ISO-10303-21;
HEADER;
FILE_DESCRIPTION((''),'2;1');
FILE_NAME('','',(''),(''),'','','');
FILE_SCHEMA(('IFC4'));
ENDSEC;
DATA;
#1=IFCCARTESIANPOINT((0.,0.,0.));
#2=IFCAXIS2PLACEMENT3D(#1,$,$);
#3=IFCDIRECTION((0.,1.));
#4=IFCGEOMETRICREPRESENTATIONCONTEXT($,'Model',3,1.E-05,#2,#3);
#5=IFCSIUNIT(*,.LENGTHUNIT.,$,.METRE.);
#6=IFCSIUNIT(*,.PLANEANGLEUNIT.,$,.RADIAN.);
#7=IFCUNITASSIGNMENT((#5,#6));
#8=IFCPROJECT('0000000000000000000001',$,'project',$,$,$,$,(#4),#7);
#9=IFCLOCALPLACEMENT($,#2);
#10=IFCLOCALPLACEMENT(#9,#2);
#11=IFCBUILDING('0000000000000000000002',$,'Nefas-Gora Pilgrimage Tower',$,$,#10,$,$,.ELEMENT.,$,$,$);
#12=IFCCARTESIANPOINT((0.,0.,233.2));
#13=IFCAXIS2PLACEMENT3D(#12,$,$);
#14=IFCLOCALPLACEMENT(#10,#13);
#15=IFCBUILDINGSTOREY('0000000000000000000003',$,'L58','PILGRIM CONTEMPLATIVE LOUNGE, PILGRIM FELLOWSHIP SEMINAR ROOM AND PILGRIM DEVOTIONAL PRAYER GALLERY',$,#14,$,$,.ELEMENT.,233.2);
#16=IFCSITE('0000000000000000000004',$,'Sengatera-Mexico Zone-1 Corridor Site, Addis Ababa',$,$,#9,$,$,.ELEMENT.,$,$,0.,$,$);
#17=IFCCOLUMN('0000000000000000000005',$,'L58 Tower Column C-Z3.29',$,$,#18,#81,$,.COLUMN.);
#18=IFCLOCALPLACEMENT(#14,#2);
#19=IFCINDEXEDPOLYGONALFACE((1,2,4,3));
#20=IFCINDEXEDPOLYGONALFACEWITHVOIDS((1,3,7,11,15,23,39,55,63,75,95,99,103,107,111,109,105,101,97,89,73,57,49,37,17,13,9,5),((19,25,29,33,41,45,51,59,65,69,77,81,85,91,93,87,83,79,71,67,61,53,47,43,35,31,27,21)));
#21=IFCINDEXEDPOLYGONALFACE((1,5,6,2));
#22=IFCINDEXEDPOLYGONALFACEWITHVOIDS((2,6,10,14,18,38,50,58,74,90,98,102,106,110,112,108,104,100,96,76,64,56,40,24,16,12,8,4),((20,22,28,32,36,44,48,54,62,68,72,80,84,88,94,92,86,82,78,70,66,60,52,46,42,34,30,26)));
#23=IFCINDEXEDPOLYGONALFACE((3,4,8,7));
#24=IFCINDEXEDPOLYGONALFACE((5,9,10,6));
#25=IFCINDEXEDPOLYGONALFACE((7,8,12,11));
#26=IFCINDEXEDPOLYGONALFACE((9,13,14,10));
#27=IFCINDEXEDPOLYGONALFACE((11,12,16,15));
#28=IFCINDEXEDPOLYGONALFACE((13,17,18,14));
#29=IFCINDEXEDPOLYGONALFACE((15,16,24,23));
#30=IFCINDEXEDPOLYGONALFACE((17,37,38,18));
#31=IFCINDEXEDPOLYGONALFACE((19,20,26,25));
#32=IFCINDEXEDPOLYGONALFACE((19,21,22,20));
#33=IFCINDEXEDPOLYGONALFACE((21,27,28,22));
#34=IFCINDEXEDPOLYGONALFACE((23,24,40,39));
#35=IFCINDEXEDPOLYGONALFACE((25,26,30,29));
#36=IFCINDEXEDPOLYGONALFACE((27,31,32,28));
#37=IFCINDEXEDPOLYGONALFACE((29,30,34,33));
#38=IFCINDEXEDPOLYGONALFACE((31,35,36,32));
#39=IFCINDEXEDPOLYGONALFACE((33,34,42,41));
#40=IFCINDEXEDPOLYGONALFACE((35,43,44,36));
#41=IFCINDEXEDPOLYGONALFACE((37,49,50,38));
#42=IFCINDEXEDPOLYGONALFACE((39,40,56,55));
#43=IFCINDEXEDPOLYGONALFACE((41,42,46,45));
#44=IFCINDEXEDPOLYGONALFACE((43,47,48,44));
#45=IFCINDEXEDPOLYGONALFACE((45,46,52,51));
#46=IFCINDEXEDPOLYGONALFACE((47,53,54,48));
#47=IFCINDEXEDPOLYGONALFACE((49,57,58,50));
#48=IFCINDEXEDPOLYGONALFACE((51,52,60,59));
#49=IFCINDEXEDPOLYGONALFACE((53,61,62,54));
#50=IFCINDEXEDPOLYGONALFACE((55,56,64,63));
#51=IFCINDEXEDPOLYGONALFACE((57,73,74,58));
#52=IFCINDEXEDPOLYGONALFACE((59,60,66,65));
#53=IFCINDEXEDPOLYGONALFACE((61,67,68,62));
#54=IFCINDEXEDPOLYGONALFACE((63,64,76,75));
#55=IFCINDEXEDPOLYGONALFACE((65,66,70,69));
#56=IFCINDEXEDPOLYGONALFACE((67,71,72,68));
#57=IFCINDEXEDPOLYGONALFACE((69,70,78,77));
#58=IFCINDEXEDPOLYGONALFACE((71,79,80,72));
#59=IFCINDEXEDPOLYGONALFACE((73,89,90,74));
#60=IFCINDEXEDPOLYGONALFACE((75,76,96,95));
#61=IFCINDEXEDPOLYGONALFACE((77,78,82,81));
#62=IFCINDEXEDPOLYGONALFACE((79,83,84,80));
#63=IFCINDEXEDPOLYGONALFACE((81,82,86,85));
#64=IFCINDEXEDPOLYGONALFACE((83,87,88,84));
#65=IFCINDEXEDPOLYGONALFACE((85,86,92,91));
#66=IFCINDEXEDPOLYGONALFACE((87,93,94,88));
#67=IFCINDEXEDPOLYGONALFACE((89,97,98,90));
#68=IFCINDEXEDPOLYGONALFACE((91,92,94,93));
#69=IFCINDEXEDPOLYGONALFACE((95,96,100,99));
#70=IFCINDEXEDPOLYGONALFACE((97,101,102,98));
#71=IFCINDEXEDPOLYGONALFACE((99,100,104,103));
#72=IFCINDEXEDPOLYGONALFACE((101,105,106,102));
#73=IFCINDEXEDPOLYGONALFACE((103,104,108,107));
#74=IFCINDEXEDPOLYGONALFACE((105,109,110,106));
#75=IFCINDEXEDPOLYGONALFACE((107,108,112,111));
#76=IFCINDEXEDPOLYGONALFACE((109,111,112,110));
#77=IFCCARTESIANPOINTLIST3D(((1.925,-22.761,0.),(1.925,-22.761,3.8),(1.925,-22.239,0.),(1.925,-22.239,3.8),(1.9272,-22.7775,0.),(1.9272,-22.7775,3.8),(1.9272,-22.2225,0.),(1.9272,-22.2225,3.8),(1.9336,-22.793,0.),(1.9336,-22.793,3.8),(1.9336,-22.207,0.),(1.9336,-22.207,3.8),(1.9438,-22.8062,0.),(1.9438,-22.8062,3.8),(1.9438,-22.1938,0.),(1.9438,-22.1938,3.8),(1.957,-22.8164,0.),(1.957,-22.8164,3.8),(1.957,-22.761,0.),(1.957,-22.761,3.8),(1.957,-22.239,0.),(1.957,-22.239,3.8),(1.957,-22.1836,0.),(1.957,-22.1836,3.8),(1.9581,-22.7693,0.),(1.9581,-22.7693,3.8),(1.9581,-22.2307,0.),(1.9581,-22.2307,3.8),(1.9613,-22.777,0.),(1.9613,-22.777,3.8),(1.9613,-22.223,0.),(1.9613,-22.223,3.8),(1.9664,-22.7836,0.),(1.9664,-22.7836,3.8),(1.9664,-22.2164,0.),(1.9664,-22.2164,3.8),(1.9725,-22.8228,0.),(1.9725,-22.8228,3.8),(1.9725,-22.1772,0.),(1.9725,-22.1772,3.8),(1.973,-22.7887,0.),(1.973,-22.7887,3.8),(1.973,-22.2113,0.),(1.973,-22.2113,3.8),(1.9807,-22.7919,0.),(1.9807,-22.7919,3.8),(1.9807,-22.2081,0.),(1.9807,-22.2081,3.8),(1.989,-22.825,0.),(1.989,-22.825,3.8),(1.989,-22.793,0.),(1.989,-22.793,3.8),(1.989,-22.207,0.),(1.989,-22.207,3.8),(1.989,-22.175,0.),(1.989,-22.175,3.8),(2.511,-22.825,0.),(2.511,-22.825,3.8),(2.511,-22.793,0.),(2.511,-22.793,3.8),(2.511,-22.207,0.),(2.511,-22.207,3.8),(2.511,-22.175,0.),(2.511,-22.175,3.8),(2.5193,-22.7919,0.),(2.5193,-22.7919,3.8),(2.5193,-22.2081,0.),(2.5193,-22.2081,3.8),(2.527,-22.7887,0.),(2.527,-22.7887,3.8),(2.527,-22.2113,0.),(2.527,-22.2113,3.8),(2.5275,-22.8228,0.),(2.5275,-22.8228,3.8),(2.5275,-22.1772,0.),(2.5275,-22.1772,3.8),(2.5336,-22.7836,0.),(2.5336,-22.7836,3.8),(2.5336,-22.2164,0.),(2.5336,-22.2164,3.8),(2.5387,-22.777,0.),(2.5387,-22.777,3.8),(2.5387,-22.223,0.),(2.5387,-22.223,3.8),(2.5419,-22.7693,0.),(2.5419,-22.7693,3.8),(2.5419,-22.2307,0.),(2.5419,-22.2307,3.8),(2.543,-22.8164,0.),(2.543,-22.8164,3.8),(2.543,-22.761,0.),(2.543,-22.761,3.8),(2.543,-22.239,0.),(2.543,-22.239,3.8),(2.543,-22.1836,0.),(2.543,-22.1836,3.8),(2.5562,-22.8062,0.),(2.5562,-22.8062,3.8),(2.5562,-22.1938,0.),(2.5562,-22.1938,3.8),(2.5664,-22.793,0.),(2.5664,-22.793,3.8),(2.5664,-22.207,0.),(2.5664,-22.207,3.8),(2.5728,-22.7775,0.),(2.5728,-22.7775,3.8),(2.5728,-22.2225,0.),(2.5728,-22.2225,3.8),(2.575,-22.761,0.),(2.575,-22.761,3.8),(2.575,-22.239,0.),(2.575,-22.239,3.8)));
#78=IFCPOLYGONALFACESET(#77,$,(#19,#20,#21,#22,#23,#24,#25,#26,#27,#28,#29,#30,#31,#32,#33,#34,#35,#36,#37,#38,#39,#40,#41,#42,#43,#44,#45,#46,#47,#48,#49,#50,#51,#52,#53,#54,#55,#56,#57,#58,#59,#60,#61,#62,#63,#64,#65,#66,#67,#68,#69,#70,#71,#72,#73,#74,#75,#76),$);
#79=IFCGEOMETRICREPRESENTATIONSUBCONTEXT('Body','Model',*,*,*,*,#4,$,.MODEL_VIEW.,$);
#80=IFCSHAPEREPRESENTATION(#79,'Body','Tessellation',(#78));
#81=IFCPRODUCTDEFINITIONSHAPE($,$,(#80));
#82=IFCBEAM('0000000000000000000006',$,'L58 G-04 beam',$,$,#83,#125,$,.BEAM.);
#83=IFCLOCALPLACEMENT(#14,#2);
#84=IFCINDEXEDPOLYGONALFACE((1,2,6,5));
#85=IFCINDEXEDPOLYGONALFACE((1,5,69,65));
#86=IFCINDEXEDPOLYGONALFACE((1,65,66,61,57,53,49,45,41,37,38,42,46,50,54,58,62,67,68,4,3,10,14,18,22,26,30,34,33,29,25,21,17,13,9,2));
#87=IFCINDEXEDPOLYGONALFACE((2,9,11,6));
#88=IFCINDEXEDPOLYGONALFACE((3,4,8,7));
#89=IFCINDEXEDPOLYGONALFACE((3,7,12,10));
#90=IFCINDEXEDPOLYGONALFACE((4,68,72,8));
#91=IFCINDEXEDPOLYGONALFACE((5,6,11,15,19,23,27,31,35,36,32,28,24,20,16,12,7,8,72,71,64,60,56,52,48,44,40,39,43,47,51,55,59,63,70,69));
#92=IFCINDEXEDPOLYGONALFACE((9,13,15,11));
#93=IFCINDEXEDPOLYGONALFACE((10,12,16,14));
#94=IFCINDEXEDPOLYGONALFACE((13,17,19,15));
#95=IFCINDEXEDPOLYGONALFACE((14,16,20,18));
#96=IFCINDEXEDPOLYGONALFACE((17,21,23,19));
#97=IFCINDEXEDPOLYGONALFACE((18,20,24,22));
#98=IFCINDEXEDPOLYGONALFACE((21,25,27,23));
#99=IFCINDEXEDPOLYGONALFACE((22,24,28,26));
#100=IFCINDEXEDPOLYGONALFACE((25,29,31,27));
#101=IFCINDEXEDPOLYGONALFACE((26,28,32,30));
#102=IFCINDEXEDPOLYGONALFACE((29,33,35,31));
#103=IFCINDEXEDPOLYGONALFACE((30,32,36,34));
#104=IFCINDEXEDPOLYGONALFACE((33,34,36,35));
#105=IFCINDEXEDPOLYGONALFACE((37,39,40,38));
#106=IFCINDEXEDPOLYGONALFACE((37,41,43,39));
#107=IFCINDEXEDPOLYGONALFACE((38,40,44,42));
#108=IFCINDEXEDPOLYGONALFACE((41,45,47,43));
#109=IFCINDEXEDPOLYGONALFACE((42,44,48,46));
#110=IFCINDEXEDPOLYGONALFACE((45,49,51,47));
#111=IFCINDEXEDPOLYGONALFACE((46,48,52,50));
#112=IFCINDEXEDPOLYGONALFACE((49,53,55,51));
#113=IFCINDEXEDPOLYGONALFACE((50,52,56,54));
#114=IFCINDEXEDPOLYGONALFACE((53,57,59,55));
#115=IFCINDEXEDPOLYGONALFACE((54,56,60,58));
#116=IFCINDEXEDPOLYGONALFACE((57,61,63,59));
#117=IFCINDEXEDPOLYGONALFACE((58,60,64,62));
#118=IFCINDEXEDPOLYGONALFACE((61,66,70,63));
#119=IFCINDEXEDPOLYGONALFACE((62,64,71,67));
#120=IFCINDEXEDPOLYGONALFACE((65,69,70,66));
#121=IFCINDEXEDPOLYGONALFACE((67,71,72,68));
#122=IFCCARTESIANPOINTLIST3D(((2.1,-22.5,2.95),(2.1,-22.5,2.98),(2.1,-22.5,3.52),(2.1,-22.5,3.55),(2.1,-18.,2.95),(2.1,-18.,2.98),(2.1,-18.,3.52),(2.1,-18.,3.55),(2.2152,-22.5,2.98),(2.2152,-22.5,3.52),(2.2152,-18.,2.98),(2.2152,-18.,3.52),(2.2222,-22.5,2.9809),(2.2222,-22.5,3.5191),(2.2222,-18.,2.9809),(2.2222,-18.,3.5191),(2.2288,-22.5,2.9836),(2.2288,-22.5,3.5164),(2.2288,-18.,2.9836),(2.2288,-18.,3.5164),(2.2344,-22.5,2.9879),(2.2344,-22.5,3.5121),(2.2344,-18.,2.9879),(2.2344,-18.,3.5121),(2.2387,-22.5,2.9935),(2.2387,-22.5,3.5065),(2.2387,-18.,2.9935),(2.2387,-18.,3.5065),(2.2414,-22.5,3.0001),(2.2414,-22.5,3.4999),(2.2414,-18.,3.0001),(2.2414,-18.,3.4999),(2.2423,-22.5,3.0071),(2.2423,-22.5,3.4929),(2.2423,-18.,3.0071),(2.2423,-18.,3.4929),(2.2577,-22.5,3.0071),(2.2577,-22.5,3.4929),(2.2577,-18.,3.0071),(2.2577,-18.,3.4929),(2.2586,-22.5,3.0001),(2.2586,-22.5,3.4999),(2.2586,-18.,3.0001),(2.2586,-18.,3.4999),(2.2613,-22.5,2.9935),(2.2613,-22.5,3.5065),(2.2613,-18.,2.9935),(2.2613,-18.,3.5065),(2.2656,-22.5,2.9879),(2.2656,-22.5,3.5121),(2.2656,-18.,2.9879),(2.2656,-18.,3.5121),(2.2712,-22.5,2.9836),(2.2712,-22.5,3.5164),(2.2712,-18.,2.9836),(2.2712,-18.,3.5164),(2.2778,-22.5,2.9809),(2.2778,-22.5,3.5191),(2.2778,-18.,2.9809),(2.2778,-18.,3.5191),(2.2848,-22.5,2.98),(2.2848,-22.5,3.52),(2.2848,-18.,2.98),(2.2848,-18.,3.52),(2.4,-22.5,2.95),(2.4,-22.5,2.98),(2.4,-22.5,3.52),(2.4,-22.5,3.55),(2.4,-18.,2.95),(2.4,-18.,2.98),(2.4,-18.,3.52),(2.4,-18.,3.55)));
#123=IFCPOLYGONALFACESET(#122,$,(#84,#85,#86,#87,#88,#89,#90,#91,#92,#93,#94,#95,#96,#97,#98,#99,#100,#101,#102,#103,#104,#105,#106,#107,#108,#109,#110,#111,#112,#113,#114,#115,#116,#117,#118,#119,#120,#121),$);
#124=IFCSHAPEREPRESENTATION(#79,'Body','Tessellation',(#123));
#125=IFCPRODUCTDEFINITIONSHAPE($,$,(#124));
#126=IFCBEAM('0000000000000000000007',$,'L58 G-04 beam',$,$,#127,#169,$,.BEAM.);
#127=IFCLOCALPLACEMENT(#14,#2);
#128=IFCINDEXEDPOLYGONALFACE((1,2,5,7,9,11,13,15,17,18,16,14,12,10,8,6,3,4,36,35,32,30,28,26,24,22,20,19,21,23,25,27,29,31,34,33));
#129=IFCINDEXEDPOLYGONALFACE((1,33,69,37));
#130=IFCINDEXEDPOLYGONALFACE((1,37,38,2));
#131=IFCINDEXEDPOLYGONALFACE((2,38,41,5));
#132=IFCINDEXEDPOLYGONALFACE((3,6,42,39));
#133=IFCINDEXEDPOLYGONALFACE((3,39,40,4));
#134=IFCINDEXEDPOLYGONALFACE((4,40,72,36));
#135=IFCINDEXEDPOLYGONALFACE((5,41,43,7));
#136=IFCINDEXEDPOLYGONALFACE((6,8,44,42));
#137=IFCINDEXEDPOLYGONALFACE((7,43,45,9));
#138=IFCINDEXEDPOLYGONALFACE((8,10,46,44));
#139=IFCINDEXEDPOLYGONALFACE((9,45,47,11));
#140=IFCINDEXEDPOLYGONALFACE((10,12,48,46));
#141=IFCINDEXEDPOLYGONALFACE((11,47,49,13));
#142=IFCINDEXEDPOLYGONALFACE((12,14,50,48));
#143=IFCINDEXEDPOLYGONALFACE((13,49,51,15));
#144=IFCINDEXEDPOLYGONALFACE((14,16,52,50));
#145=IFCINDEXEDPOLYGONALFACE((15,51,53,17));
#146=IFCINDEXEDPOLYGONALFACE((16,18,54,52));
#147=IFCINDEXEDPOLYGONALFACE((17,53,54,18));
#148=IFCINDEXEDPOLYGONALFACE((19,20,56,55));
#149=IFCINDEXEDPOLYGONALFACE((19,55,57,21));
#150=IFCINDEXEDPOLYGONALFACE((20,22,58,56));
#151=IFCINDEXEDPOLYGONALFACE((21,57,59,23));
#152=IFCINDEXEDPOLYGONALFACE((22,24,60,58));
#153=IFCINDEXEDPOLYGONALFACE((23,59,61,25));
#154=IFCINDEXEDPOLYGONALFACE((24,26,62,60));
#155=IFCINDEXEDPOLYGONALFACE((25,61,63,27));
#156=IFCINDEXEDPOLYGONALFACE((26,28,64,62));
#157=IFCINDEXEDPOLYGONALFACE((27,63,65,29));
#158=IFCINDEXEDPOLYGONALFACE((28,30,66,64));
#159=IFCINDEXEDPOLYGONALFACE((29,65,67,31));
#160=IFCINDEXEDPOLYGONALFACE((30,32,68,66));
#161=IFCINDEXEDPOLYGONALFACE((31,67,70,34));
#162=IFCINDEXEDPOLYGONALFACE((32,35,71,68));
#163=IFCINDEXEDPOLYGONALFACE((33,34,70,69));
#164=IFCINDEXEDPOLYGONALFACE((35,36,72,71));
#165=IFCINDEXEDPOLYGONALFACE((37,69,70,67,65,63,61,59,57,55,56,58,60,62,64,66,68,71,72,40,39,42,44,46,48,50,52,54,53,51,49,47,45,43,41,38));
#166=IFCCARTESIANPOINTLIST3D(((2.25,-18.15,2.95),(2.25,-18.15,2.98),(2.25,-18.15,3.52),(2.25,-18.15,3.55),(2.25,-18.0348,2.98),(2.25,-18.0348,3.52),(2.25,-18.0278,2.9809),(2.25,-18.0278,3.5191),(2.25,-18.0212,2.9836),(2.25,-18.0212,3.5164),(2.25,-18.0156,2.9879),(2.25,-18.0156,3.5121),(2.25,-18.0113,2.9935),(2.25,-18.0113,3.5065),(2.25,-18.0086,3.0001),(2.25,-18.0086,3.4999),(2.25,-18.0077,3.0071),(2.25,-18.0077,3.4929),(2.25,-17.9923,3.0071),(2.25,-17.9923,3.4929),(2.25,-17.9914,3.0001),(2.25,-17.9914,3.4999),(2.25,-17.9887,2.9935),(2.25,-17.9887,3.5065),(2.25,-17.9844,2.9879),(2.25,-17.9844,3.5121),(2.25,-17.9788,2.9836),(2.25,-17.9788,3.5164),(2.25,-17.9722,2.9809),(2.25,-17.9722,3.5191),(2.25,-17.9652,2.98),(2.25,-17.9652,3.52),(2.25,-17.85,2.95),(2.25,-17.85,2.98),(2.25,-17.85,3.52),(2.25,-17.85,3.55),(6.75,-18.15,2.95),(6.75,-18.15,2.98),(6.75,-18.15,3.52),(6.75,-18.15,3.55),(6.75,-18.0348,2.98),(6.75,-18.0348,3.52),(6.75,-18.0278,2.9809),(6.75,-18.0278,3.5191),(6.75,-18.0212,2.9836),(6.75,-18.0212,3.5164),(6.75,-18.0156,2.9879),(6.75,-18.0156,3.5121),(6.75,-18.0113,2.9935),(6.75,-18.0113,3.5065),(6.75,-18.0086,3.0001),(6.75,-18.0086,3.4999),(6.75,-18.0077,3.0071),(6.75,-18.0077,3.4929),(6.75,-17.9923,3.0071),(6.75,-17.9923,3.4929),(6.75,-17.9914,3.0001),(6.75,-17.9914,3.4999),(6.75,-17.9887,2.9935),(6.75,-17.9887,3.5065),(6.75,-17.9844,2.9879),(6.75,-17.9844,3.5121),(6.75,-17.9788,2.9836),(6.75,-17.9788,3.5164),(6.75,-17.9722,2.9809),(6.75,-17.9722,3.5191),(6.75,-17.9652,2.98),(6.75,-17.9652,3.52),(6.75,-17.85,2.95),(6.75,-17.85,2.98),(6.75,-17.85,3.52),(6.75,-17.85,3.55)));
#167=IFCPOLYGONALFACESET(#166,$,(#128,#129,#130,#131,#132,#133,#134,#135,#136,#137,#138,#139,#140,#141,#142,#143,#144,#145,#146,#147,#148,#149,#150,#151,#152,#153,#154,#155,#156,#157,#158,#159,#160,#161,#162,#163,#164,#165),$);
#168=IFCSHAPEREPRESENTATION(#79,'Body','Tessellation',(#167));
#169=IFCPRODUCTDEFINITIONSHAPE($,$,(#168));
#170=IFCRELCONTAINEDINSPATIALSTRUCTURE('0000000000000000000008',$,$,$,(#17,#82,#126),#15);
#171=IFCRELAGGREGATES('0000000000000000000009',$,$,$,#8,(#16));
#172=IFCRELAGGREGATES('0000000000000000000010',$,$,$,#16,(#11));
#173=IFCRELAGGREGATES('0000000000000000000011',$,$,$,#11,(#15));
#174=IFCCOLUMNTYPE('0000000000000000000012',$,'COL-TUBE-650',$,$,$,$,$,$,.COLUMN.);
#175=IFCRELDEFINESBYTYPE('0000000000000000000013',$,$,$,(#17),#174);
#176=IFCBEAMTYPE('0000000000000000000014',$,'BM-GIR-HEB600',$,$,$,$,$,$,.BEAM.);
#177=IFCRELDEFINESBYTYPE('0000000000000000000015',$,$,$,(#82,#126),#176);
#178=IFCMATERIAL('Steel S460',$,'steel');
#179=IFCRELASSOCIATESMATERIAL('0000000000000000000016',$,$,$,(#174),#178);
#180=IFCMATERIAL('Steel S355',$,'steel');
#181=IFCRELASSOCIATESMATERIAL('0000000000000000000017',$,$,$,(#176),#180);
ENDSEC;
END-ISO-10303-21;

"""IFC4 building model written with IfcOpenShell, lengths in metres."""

from ifc_helpers import new_model, si_unit, direction, frame, origin, origin_2d, place, context, subcontext, project, spatial, hollow_rectangle, i_section, extrude, source, transform, mapped, material, material_profile, profile_set, type_object, element, save


model = new_model("IFC4")

# Units and contexts
model_context = context("Model", 3, precision=1e-05, world=origin(), true_north=direction((0.0, 1.0)))
body_context = subcontext(model_context, "Body", "Model", "MODEL_VIEW")
ifc_project = project(units=[si_unit("LENGTHUNIT", "METRE"), si_unit("PLANEANGLEUNIT", "RADIAN")], contexts=[model_context])

# Site, building, storey
site_placement = place(None, origin())
site = spatial("IfcSite", under=ifc_project, at=site_placement, Name="Sengatera-Mexico Zone-1 Corridor Site, Addis Ababa", CompositionType="ELEMENT", RefElevation=0.0)
building_placement = place(site_placement, origin())
building = spatial("IfcBuilding", under=site, at=building_placement, Name="Nefas-Gora Pilgrimage Tower", CompositionType="ELEMENT")
storey_placement = place(building_placement, frame((0.0, 0.0, 233.2)))
storey = spatial("IfcBuildingStorey", under=building, at=storey_placement, Name="L58", Description="PILGRIM CONTEMPLATIVE LOUNGE, PILGRIM FELLOWSHIP SEMINAR ROOM AND PILGRIM DEVOTIONAL PRAYER GALLERY", CompositionType="ELEMENT", Elevation=233.2)

# Column
ifc_material_1 = material(Name="Steel S460", Category="steel")
ifc_material_profile_1 = material_profile(ifc_material_1, hollow_rectangle(XDim=0.6499, YDim=0.6499, WallThickness=0.032, InnerFilletRadius=0.032, OuterFilletRadius=0.064, at=origin_2d()), Name="BOX 650x650x32")
ifc_profile_set_1 = profile_set([ifc_material_profile_1], Name="Steel S460")
column_type_1 = type_object("IfcColumnType", Name="COL-TUBE-650", PredefinedType="COLUMN", material=ifc_profile_set_1)
shared_shape_1 = source(origin(), body_context, "Body", "SweptSolid", [
    extrude(hollow_rectangle(XDim=0.6499, YDim=0.6499, WallThickness=0.032, InnerFilletRadius=0.032, OuterFilletRadius=0.064, at=origin_2d()), origin(), (0.0, 0.0, 1.0), 3.8),
])
column_placement = place(storey_placement, frame((2.25, -22.5, 0.0), z_axis=(0.0, 0.0, 1.0), x_axis=(1.0, 0.0, 0.0)))
element("IfcColumn", 1, at=column_placement, inside=storey, type_object=column_type_1, Name="L58 Tower Column C-Z3.29", PredefinedType="COLUMN", context=body_context, shape_type="MappedRepresentation", body=[
    mapped(shared_shape_1, transform((0.0, 0.0, 0.0), x_axis=(1.0, 0.0, 0.0), y_axis=(0.0, 1.0, 0.0), z_axis=(0.0, 0.0, 1.0), scale=1.0)),
])

# Beams
ifc_material_2 = material(Name="Steel S355", Category="steel")
ifc_material_profile_2 = material_profile(ifc_material_2, i_section(OverallWidth=0.3, OverallDepth=0.6001, WebThickness=0.0154, FlangeThickness=0.03, FilletRadius=0.0271, at=origin_2d()), Name="HEB 600")
ifc_profile_set_2 = profile_set([ifc_material_profile_2], Name="Steel S355")
beam_type = type_object("IfcBeamType", Name="BM-GIR-HEB600", PredefinedType="BEAM", material=ifc_profile_set_2)
shared_shape_2 = source(origin(), body_context, "Body", "SweptSolid", [
    extrude(i_section(OverallWidth=0.3, OverallDepth=0.6001, WebThickness=0.0154, FlangeThickness=0.03, FilletRadius=0.0271, at=origin_2d()), origin(), (0.0, 0.0, 1.0), 4.5),
])
for number, where, z_axis, x_axis, name in (
    (2, (2.25, -22.5, 3.25), (0.0, 1.0, 0.0), (-1.0, 0.0, 0.0), "L58 G-04 beam"),
    (3, (2.25, -18.0, 3.25), (1.0, 0.0, 0.0), (0.0, 1.0, 0.0), "L58 G-04 beam"),
):
    element("IfcBeam", number, at=place(storey_placement, frame(where, z_axis=z_axis, x_axis=x_axis)), inside=storey, type_object=beam_type, Name=name, PredefinedType="BEAM", context=body_context, shape_type="MappedRepresentation", body=[
        mapped(shared_shape_2, transform((0.0, 0.0, 0.0), x_axis=(1.0, 0.0, 0.0), y_axis=(0.0, 1.0, 0.0), z_axis=(0.0, 0.0, 1.0), scale=1.0)),
    ])

save(model, "model.ifc")
